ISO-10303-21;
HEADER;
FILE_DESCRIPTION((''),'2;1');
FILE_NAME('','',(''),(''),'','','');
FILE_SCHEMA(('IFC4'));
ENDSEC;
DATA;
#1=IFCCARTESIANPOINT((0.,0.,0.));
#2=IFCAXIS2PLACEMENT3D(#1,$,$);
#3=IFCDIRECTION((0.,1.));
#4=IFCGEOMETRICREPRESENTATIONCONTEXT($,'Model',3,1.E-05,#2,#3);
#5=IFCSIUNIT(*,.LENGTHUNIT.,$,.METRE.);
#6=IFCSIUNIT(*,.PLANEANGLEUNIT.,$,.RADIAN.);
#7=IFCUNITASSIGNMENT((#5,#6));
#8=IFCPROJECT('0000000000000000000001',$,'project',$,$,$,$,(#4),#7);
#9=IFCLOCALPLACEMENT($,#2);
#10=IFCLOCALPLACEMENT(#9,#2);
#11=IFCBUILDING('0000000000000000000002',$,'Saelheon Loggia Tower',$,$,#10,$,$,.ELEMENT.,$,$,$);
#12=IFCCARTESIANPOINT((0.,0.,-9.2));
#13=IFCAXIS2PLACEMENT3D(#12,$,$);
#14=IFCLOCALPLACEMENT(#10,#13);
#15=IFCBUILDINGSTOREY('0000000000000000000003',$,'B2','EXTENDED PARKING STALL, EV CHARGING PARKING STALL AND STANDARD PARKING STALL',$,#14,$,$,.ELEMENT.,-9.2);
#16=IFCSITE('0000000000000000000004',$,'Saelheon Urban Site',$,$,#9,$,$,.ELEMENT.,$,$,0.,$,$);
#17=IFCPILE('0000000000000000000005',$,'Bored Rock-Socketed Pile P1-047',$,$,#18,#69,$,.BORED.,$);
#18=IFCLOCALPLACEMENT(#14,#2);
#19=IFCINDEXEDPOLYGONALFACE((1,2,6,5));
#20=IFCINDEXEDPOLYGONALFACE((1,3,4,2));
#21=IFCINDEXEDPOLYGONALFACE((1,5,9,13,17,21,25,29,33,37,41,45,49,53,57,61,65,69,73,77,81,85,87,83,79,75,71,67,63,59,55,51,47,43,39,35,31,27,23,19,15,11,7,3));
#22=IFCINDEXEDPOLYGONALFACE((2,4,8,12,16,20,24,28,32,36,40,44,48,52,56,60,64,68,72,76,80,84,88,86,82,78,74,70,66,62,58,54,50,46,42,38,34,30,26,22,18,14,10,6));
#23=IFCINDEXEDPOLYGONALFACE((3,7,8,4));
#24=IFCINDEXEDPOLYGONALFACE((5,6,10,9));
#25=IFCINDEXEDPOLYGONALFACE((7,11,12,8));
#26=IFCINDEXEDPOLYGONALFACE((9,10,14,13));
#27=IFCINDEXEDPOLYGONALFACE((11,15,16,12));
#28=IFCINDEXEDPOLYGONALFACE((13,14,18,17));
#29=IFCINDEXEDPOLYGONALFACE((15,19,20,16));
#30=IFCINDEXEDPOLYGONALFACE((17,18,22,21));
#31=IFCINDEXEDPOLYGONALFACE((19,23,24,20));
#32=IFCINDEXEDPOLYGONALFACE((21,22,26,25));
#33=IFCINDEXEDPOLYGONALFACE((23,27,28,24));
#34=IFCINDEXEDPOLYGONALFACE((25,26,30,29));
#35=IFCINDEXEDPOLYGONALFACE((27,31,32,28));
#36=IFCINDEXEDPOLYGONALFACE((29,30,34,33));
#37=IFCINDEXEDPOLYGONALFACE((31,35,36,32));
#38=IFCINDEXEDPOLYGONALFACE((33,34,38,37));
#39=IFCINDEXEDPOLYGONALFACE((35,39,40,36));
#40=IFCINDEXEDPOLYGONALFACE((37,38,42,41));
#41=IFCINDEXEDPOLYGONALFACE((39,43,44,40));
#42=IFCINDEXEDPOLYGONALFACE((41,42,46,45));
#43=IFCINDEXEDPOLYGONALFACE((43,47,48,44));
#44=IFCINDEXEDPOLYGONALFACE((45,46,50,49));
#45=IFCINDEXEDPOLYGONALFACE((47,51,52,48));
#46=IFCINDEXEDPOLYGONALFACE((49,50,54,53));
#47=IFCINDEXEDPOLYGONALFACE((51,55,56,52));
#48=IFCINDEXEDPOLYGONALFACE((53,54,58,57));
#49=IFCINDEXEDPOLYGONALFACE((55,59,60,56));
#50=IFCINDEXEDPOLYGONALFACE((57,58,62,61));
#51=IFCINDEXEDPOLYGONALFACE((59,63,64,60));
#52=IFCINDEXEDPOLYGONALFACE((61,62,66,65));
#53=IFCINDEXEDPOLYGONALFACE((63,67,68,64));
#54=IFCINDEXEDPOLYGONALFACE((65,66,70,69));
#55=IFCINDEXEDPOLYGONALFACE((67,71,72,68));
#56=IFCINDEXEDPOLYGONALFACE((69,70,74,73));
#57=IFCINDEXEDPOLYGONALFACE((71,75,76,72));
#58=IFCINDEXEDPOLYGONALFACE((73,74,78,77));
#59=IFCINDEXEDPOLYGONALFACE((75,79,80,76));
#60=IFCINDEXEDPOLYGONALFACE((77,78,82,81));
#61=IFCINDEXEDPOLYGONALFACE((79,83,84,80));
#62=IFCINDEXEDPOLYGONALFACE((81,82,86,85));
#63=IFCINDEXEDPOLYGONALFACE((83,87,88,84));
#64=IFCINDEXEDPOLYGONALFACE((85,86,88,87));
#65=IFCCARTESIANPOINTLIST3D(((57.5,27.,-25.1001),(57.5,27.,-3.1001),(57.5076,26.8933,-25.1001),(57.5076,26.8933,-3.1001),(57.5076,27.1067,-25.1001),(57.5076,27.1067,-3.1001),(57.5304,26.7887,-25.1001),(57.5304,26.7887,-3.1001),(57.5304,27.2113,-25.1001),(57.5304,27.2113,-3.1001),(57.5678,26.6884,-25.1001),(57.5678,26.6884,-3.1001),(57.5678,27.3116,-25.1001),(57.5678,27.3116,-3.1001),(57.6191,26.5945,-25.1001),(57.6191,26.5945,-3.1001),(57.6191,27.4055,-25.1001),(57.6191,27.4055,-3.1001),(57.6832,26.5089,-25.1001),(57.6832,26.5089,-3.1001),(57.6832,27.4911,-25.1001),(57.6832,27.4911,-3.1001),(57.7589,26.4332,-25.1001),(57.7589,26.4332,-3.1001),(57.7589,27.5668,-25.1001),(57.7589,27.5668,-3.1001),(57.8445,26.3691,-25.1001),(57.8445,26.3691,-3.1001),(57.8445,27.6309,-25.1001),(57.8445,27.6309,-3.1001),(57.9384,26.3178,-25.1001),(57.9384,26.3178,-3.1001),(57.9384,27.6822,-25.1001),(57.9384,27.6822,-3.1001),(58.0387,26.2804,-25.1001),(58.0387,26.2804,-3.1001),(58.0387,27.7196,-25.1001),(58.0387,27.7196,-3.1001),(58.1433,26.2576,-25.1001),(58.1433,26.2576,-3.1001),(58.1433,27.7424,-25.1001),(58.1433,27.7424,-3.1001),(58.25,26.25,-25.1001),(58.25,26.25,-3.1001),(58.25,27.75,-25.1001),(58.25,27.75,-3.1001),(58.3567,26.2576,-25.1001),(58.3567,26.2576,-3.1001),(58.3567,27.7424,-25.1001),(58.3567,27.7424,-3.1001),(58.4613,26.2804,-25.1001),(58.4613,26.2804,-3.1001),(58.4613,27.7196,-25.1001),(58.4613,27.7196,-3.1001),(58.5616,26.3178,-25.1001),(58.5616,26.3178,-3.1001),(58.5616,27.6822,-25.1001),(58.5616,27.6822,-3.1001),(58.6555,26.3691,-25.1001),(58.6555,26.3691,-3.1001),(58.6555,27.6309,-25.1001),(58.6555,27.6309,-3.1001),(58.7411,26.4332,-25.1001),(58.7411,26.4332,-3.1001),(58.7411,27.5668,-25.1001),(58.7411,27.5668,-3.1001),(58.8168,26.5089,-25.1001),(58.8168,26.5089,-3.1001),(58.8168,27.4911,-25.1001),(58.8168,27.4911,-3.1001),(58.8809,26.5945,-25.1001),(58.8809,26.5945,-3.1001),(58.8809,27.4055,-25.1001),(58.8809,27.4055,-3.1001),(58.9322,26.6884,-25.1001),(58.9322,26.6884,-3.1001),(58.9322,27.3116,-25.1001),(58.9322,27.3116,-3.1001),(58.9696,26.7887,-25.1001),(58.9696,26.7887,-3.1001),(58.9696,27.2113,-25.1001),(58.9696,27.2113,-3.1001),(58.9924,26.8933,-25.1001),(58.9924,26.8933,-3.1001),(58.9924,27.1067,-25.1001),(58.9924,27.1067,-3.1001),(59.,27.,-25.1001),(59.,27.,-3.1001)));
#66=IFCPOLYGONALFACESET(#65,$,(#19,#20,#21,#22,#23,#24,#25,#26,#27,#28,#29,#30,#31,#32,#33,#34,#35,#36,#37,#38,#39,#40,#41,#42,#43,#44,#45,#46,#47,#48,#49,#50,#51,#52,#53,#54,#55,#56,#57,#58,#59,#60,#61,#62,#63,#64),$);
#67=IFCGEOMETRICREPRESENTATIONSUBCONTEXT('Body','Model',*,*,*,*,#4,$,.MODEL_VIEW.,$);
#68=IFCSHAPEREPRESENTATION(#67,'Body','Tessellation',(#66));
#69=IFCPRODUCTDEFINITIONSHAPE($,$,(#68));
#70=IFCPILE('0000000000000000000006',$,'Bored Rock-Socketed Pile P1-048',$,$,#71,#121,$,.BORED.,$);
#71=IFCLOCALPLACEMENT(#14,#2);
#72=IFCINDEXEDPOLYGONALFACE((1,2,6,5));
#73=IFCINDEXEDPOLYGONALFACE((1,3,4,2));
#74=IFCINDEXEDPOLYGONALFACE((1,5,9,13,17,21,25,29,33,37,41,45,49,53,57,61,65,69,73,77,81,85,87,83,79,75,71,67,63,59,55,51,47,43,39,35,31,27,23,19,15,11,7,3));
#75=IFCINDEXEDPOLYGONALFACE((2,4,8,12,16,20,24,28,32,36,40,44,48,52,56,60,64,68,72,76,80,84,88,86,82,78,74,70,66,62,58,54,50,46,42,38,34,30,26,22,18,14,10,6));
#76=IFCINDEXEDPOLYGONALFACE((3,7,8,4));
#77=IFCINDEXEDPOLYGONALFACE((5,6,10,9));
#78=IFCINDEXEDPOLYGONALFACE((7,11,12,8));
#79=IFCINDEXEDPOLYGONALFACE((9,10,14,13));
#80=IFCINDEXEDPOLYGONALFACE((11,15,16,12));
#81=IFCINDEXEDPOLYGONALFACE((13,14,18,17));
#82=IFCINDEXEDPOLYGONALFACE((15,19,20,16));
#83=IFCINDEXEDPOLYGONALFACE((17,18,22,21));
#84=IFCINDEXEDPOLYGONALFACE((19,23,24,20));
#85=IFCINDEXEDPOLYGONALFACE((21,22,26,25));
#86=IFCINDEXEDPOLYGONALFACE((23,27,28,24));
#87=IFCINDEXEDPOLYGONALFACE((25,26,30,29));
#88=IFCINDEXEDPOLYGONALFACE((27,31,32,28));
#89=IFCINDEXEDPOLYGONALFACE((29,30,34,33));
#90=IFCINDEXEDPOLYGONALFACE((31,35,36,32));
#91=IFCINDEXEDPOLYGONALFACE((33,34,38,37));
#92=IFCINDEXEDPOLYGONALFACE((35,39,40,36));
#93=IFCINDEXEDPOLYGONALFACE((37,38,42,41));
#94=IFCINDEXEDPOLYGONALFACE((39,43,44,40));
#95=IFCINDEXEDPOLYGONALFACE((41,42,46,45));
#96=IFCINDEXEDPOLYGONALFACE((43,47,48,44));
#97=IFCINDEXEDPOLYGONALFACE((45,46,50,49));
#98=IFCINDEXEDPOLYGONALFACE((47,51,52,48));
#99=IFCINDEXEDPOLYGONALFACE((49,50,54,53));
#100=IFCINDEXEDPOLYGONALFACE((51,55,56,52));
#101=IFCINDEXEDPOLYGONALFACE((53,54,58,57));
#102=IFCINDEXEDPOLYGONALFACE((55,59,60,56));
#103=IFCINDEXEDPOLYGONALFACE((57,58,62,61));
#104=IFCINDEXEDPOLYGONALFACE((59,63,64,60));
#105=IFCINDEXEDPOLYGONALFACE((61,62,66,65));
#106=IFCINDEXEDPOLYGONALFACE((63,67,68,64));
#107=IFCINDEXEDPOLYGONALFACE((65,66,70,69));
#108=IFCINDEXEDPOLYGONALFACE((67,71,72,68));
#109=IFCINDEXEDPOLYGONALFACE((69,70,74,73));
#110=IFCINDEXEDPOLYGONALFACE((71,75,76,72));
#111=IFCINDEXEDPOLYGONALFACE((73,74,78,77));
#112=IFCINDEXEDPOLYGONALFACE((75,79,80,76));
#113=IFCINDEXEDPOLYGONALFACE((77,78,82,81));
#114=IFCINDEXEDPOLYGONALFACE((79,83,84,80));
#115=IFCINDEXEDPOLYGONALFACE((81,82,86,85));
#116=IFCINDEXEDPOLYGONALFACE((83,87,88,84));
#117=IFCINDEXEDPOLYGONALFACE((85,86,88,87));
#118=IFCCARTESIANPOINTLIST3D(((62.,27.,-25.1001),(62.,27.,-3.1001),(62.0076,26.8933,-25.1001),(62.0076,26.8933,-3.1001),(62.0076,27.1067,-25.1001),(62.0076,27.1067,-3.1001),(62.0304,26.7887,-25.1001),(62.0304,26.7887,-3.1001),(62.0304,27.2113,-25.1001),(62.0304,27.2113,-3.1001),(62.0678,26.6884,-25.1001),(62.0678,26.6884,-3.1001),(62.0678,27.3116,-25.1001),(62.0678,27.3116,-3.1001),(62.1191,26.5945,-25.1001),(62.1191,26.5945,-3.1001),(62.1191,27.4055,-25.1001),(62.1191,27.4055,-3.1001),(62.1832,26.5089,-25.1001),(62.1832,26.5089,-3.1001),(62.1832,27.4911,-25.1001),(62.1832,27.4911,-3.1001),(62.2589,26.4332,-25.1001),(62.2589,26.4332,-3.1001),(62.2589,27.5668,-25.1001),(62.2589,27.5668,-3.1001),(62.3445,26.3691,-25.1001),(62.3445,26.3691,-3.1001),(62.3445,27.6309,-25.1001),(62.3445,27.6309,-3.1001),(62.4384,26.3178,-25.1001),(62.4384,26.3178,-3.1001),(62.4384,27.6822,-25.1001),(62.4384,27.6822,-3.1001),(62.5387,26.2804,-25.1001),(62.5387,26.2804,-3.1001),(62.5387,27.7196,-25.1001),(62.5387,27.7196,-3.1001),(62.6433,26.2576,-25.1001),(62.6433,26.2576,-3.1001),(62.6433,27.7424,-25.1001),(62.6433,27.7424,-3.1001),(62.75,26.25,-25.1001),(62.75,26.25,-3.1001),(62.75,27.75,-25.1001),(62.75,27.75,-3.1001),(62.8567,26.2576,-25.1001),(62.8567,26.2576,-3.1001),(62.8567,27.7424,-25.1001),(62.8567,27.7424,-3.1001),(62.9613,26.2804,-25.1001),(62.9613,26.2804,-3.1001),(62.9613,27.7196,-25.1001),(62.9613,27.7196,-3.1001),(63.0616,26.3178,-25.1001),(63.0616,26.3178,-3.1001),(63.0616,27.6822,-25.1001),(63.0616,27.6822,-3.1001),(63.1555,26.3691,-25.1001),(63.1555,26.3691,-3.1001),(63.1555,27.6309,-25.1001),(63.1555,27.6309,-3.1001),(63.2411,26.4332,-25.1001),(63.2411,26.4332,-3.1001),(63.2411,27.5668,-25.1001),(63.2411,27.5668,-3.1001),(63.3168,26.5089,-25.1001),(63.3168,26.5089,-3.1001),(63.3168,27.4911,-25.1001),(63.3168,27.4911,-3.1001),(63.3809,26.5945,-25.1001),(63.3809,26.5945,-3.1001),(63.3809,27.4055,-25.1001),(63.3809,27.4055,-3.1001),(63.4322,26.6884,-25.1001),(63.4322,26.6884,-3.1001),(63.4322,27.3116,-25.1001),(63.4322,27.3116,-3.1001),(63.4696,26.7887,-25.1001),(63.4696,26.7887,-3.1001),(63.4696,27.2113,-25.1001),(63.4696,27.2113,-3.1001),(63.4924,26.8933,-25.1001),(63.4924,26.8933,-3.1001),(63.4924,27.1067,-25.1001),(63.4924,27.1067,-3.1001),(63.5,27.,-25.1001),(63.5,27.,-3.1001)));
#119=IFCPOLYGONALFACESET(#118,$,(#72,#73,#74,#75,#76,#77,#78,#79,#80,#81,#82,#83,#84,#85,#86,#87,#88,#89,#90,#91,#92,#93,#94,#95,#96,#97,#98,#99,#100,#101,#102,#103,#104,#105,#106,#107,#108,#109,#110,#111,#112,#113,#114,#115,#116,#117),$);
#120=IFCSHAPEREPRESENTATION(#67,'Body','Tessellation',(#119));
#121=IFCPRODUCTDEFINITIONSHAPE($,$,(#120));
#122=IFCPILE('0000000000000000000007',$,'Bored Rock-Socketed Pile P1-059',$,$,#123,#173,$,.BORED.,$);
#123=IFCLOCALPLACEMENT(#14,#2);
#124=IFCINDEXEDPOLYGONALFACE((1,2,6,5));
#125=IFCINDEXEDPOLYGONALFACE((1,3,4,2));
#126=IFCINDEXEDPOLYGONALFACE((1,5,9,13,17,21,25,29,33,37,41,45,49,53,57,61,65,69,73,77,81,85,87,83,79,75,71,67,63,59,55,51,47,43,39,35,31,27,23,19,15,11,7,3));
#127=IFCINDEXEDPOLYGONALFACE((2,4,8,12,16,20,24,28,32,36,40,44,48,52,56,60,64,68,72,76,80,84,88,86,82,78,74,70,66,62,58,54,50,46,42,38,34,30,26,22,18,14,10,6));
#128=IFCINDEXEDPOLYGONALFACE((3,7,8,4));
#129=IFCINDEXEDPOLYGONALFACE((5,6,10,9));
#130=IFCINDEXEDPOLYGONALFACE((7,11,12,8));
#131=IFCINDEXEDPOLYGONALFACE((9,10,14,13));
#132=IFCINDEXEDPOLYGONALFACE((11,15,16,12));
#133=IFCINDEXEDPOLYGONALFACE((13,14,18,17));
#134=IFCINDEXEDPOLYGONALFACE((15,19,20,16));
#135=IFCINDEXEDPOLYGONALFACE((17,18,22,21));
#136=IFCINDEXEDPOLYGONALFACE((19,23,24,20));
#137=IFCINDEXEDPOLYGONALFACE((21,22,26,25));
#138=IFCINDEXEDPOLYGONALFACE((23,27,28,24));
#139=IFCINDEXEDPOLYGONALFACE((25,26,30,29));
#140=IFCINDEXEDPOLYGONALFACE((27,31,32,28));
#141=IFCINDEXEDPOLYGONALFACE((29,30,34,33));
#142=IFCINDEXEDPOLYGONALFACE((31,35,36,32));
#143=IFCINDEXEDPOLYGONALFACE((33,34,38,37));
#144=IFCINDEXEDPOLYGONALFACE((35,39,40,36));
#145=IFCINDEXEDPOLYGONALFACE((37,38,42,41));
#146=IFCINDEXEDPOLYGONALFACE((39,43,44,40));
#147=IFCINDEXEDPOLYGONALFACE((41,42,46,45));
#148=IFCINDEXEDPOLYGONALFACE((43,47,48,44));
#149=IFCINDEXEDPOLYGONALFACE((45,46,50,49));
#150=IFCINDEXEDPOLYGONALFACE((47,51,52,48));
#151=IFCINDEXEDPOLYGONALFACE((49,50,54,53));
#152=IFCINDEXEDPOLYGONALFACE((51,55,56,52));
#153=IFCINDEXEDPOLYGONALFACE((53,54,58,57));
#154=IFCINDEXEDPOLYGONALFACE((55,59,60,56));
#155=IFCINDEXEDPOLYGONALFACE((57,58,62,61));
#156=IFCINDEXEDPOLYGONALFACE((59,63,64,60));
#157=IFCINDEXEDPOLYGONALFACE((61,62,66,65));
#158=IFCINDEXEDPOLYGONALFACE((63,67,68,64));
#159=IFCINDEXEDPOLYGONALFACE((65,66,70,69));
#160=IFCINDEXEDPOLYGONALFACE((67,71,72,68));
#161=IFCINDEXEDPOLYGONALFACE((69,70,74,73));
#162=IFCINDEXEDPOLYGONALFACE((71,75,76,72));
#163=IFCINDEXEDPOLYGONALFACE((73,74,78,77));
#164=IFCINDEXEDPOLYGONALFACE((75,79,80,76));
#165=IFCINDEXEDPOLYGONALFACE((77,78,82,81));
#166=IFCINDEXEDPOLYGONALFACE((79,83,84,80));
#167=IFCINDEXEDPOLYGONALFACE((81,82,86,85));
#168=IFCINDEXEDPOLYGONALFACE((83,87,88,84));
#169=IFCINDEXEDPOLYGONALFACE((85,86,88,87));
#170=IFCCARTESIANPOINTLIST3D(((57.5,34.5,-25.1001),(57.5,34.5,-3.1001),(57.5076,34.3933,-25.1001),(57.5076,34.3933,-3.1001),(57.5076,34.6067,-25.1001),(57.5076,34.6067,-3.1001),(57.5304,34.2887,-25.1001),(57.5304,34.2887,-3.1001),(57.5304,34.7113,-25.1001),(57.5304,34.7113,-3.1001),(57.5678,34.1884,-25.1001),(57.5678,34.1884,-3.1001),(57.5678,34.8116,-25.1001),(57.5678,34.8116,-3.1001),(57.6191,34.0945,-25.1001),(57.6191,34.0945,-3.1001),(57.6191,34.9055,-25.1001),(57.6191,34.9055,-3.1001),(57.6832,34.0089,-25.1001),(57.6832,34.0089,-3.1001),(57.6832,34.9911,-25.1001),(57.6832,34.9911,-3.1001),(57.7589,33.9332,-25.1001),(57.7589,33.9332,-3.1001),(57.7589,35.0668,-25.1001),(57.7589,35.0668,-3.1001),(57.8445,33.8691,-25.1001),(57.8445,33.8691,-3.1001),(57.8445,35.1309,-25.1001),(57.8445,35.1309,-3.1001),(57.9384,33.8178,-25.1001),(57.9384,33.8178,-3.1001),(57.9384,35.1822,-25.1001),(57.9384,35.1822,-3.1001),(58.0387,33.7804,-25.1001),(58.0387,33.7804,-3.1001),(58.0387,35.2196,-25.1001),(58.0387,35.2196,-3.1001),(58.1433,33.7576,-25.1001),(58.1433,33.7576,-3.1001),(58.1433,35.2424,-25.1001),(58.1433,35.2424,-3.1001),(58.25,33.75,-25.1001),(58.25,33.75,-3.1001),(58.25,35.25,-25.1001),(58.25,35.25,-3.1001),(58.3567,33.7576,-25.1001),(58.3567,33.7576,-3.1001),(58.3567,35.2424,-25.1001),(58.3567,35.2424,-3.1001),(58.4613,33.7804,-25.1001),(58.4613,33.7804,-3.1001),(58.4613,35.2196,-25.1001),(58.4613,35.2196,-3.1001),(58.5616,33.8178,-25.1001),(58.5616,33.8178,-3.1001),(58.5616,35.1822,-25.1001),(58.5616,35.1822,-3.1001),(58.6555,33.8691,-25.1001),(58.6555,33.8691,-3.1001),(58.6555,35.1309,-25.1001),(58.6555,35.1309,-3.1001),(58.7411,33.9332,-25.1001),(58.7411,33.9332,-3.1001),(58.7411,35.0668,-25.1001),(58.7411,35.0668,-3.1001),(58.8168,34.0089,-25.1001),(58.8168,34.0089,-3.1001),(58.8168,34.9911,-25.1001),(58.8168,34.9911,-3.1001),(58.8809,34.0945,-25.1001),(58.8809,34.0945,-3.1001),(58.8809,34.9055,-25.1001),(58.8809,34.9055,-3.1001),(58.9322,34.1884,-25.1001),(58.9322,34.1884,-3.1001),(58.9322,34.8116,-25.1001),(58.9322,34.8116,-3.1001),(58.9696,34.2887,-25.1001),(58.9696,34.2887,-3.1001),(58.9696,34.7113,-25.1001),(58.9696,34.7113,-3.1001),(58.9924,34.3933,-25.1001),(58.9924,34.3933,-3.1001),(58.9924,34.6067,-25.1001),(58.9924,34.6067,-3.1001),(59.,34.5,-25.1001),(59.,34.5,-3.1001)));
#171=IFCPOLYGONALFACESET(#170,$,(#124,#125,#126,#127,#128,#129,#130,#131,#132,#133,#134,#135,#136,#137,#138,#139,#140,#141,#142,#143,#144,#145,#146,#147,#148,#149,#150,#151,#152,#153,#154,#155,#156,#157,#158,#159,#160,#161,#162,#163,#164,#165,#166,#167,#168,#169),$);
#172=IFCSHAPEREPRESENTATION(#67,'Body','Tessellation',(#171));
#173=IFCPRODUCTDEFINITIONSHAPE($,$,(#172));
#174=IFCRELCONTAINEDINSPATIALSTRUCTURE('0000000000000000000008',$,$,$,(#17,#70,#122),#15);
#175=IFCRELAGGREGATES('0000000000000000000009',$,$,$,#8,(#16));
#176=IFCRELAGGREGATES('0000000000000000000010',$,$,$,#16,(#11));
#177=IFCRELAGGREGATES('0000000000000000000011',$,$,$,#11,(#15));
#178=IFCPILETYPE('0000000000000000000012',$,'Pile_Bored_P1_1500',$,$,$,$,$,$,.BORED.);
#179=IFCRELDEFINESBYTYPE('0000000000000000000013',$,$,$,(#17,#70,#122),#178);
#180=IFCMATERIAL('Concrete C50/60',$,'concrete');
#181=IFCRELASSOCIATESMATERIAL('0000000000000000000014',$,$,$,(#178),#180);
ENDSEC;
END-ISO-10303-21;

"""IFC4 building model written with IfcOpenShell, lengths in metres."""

from ifc_helpers import new_model, si_unit, direction, frame, origin, origin_2d, place, context, subcontext, project, spatial, circle, extrude, source, transform, mapped, material, material_profile, profile_set, type_object, element, save


model = new_model("IFC4")

# Units and contexts
model_context = context("Model", 3, precision=1e-05, world=origin(), true_north=direction((0.0, 1.0)))
body_context = subcontext(model_context, "Body", "Model", "MODEL_VIEW")
ifc_project = project(units=[si_unit("LENGTHUNIT", "METRE"), si_unit("PLANEANGLEUNIT", "RADIAN")], contexts=[model_context])

# Site, building, storey
site_placement = place(None, origin())
site = spatial("IfcSite", under=ifc_project, at=site_placement, Name="Saelheon Urban Site", CompositionType="ELEMENT", RefElevation=0.0)
building_placement = place(site_placement, origin())
building = spatial("IfcBuilding", under=site, at=building_placement, Name="Saelheon Loggia Tower", CompositionType="ELEMENT")
storey_placement = place(building_placement, frame((0.0, 0.0, -9.2)))
storey = spatial("IfcBuildingStorey", under=building, at=storey_placement, Name="B2", Description="EXTENDED PARKING STALL, EV CHARGING PARKING STALL AND STANDARD PARKING STALL", CompositionType="ELEMENT", Elevation=-9.2)

# Piles
ifc_material_1 = material(Name="Concrete C50/60", Category="concrete")
ifc_material_profile_1 = material_profile(ifc_material_1, circle(Radius=0.75, at=origin_2d()), Name="CIRC-1500")
ifc_profile_set_1 = profile_set([ifc_material_profile_1], Name="Concrete C50/60")
pile_type_1 = type_object("IfcPileType", Name="Pile_Bored_P1_1500", PredefinedType="BORED", material=ifc_profile_set_1)
shared_shape_1 = source(origin(), body_context, "Body", "SweptSolid", [
    extrude(circle(Radius=0.75, at=origin_2d()), origin(), (0.0, 0.0, 1.0), 22.0),
])
for number, where, z_axis, x_axis, name in (
    (1, (58.25, 27.0, -3.1001), (0.0, 0.0, -1.0), (1.0, 0.0, 0.0), "Bored Rock-Socketed Pile P1-047"),
    (2, (62.75, 27.0, -3.1001), (0.0, 0.0, -1.0), (1.0, 0.0, 0.0), "Bored Rock-Socketed Pile P1-048"),
    (3, (58.25, 34.5, -3.1001), (0.0, 0.0, -1.0), (1.0, 0.0, 0.0), "Bored Rock-Socketed Pile P1-059"),
):
    element("IfcPile", number, at=place(storey_placement, frame(where, z_axis=z_axis, x_axis=x_axis)), inside=storey, type_object=pile_type_1, Name=name, PredefinedType="BORED", context=body_context, shape_type="MappedRepresentation", body=[
        mapped(shared_shape_1, transform((0.0, 0.0, 0.0), scale=1.0)),
    ])

save(model, "model.ifc")
